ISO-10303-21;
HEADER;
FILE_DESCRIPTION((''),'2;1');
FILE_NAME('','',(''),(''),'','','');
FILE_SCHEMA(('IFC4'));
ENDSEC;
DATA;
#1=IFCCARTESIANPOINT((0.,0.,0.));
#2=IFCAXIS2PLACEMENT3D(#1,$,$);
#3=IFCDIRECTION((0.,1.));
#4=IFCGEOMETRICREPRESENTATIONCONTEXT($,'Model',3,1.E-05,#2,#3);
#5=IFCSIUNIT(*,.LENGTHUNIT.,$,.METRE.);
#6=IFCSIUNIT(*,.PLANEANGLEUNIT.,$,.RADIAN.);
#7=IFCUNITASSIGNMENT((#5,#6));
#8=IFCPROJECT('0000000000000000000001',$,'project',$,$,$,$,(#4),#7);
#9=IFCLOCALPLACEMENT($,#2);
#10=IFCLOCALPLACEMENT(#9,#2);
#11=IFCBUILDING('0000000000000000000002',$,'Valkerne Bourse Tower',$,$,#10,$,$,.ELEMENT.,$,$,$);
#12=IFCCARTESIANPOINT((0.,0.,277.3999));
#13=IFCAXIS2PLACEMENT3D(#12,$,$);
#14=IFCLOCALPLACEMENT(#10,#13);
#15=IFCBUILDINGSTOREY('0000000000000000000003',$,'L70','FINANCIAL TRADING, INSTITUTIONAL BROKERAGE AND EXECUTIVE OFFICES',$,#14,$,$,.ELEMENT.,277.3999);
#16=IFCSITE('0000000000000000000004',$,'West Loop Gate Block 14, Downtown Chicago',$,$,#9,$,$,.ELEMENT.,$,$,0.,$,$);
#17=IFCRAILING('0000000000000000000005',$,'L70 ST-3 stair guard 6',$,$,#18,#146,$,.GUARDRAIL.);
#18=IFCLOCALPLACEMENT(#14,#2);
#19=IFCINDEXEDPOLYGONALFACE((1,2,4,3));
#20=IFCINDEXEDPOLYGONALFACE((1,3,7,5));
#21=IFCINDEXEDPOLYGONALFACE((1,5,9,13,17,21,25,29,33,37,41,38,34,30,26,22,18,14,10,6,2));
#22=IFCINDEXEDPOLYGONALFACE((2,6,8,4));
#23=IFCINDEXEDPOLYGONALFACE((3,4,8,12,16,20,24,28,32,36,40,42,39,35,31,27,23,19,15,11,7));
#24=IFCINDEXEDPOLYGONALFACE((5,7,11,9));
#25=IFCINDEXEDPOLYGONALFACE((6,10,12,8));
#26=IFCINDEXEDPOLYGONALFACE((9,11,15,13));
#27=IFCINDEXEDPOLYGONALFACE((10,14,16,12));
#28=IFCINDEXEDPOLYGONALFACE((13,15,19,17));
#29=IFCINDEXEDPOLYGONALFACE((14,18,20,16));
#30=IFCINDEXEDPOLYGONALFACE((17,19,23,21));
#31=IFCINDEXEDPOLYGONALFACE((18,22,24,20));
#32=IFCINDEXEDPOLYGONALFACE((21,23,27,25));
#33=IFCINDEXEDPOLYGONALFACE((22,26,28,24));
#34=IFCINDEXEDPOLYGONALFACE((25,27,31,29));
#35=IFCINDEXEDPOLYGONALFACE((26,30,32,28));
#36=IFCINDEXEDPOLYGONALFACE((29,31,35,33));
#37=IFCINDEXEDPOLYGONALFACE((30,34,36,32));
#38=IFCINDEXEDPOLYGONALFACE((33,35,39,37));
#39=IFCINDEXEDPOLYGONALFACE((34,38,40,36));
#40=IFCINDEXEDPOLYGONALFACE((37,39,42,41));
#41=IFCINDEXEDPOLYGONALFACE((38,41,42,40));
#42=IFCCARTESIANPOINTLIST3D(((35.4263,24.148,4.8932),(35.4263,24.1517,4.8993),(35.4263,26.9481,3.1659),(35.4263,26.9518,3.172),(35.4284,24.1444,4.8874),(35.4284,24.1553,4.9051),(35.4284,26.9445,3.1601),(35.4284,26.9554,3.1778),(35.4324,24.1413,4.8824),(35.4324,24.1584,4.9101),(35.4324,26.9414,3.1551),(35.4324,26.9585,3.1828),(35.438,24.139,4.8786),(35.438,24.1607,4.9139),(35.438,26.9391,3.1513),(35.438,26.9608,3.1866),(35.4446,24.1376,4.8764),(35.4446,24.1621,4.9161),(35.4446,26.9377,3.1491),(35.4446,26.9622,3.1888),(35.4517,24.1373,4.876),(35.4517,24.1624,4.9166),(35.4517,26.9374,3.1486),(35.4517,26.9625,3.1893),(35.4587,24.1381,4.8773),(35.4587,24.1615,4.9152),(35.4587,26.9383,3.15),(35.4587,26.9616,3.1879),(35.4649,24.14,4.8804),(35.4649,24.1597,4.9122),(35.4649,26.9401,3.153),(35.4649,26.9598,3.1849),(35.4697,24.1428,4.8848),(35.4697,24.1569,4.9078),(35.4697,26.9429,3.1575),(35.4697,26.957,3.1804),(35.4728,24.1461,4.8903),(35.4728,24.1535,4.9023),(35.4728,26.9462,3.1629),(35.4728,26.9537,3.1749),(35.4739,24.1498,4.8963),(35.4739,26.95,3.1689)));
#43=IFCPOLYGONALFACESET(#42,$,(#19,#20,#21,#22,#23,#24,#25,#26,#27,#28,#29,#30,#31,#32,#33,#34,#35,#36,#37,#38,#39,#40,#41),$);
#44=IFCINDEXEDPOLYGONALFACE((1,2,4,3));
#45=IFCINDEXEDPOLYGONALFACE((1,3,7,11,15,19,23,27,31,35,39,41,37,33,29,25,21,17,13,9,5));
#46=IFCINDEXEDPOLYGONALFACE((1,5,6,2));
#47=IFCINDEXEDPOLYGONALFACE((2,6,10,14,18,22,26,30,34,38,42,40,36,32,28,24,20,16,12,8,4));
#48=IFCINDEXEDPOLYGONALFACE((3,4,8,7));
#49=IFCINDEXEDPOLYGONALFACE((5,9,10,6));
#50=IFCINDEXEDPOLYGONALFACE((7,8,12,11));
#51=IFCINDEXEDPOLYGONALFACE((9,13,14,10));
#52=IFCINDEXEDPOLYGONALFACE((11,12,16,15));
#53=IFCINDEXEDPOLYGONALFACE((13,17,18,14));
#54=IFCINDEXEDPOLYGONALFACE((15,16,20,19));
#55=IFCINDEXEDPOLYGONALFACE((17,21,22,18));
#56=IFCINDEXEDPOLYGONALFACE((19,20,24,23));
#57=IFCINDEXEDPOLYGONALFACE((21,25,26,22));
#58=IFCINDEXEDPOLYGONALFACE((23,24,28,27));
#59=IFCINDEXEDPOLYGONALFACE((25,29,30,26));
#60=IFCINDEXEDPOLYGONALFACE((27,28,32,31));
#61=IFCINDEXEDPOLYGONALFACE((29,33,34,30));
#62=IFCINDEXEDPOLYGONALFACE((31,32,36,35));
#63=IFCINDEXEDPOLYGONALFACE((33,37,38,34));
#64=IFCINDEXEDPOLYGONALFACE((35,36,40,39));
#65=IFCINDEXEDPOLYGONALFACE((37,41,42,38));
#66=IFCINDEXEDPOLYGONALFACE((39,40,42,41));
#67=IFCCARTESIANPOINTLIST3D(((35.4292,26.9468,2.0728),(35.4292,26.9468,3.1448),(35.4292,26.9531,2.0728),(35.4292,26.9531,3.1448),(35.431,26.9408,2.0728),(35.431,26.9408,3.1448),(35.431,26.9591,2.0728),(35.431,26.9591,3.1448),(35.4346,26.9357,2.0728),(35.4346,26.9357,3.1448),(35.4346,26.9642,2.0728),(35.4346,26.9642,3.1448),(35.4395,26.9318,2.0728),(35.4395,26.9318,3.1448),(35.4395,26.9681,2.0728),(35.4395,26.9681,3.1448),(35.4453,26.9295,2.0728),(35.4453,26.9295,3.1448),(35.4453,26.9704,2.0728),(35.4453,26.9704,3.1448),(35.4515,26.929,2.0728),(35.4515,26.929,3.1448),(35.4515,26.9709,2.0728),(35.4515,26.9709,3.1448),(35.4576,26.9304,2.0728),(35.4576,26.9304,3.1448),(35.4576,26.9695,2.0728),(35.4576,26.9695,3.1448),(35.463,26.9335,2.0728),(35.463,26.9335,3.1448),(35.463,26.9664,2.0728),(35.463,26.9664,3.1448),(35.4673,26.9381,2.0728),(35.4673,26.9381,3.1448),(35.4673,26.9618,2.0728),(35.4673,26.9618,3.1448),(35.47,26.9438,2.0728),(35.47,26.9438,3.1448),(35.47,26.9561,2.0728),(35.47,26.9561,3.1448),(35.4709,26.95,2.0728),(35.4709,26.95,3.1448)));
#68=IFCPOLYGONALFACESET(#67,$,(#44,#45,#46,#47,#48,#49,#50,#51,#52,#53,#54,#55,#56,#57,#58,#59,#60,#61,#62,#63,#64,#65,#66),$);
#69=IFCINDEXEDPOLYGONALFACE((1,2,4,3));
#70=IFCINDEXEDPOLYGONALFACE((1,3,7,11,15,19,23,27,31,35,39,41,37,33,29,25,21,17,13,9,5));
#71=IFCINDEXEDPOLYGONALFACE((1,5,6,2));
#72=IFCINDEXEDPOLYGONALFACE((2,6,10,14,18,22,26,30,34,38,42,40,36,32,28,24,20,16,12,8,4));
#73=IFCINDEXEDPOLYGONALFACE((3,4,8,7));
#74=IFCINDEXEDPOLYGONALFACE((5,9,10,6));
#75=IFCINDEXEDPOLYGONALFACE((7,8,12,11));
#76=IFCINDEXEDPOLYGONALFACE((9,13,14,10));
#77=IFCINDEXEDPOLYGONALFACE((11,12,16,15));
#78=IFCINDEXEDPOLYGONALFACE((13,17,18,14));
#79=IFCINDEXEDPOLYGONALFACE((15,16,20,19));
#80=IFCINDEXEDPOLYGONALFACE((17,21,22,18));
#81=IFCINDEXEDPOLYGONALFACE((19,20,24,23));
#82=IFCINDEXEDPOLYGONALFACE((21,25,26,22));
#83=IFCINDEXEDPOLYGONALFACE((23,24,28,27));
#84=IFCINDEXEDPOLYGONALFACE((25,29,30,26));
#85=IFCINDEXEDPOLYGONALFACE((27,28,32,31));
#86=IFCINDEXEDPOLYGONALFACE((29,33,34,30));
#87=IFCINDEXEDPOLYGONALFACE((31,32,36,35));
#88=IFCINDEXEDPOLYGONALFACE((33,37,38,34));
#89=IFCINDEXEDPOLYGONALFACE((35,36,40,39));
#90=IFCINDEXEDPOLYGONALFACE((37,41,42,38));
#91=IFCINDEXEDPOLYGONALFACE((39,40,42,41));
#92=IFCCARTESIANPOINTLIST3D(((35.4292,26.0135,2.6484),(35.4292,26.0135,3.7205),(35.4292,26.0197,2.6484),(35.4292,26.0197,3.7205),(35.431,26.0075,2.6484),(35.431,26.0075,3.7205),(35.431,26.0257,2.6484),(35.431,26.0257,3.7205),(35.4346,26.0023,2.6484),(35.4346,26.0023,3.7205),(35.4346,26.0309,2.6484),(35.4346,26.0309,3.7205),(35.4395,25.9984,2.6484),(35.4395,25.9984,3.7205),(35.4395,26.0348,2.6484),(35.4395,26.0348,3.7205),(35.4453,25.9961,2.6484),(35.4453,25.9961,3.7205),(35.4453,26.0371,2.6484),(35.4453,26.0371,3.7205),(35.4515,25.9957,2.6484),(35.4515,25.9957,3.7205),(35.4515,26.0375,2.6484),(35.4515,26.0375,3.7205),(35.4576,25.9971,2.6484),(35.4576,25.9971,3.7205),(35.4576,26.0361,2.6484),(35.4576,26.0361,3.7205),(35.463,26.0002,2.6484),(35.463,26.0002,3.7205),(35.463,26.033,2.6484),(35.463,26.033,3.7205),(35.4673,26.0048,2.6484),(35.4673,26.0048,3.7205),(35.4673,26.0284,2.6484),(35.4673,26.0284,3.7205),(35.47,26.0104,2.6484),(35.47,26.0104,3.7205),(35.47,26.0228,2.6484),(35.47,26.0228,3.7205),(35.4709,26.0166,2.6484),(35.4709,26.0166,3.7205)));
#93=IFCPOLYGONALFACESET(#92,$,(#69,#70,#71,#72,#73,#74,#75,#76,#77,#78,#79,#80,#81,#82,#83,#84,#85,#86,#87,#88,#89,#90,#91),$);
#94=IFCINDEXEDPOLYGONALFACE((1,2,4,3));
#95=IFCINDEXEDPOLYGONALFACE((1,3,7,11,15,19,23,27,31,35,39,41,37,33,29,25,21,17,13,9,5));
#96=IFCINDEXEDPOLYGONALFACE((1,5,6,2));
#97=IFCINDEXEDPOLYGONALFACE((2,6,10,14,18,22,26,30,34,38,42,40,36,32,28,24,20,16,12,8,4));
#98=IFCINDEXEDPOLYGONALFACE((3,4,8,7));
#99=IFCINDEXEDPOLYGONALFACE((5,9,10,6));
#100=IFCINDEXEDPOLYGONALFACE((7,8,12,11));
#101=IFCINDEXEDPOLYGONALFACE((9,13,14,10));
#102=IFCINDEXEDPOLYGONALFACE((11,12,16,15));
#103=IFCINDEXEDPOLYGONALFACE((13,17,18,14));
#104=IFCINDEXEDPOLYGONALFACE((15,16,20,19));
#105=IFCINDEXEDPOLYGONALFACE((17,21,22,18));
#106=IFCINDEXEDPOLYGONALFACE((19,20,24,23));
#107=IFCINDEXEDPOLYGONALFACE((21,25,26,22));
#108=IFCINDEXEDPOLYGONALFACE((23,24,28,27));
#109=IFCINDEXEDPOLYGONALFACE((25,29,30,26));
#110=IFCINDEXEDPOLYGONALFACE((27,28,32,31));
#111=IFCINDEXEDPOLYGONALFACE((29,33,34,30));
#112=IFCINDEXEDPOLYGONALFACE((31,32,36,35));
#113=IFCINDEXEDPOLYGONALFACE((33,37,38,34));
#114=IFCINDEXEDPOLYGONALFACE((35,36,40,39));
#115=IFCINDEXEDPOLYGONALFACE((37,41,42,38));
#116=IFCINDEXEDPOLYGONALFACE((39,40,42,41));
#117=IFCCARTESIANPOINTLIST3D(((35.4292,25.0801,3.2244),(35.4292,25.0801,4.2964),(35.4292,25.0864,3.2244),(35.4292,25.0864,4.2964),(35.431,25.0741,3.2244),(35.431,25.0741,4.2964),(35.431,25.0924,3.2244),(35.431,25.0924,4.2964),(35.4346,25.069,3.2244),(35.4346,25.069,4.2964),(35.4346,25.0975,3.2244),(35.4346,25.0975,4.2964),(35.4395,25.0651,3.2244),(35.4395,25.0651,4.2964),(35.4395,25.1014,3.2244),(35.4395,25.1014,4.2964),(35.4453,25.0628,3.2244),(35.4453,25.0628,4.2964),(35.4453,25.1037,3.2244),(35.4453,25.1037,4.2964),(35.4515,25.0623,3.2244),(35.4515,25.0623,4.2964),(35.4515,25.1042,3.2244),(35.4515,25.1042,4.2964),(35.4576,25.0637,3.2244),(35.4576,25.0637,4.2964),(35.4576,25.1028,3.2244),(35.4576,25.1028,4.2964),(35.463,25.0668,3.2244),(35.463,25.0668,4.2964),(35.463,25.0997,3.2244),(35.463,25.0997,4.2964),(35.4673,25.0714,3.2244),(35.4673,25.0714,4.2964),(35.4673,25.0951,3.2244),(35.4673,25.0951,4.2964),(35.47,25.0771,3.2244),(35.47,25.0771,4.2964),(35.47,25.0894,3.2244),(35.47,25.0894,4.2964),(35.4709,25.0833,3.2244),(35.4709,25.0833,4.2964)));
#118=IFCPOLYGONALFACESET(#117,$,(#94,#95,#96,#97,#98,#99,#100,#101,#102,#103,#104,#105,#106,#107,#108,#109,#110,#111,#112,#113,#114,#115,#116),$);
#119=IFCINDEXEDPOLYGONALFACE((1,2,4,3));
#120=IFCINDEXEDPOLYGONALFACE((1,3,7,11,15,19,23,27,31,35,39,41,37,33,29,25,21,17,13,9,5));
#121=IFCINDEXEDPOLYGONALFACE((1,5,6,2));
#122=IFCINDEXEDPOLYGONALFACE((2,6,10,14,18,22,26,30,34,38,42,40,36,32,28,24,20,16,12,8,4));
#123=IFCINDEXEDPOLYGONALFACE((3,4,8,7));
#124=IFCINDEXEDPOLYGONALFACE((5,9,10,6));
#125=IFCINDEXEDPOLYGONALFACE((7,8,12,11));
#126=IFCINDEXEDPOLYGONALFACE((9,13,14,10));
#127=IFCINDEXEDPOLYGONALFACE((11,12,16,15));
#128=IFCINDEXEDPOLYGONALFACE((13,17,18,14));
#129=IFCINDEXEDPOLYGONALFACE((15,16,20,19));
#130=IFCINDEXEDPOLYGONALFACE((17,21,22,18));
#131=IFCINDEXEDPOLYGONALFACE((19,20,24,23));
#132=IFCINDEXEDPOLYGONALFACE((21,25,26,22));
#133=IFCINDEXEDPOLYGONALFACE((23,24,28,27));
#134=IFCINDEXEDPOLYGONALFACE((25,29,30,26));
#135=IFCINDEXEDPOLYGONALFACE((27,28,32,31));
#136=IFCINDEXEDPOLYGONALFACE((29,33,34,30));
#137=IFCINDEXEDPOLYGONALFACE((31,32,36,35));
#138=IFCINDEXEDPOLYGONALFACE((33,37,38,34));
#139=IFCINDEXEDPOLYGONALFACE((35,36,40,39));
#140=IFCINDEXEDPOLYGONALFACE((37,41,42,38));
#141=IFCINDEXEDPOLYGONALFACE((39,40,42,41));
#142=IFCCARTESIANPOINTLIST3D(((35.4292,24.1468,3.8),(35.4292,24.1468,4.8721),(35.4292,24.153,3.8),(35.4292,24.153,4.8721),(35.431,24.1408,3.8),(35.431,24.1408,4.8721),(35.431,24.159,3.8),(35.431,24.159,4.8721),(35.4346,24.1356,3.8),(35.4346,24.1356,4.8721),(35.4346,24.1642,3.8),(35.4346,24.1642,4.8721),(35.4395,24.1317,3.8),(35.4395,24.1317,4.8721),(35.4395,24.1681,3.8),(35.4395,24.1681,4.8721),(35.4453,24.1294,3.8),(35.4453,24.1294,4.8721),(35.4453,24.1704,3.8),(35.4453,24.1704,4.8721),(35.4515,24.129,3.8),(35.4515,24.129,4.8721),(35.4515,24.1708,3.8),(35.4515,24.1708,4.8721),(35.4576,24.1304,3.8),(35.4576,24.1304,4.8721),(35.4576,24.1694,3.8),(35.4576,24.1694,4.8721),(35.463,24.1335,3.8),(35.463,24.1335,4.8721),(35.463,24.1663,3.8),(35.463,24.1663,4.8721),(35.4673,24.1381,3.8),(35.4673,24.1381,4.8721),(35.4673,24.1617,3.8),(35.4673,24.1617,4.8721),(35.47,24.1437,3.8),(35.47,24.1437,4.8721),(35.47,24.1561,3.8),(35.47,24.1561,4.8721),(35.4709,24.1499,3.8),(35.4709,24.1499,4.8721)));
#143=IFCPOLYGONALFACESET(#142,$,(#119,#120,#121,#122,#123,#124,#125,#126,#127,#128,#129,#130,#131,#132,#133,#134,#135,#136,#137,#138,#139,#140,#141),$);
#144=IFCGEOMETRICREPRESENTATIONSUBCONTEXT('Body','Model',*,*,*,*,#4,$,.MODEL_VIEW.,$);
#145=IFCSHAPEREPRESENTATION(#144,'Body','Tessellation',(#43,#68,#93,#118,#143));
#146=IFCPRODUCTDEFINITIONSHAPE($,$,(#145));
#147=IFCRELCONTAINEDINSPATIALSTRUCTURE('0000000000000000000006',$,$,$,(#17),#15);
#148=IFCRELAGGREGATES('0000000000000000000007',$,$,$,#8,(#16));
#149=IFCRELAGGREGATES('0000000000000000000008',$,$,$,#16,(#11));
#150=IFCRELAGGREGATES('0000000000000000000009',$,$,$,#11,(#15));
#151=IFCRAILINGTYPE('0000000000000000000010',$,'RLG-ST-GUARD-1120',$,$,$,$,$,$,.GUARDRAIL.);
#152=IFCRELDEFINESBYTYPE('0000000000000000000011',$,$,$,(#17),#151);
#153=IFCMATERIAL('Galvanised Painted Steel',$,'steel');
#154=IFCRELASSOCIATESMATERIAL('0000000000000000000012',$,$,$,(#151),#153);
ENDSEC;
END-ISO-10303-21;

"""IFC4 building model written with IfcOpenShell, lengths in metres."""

from ifc_helpers import new_model, si_unit, direction, frame, origin, origin_2d, place, context, subcontext, project, spatial, circle, extrude, material, type_object, element, save


model = new_model("IFC4")

# Units and contexts
model_context = context("Model", 3, precision=1e-05, world=origin(), true_north=direction((0.0, 1.0)))
body_context = subcontext(model_context, "Body", "Model", "MODEL_VIEW")
ifc_project = project(units=[si_unit("LENGTHUNIT", "METRE"), si_unit("PLANEANGLEUNIT", "RADIAN")], contexts=[model_context])

# Site, building, storey
site_placement = place(None, origin())
site = spatial("IfcSite", under=ifc_project, at=site_placement, Name="West Loop Gate Block 14, Downtown Chicago", CompositionType="ELEMENT", RefElevation=0.0)
building_placement = place(site_placement, origin())
building = spatial("IfcBuilding", under=site, at=building_placement, Name="Valkerne Bourse Tower", CompositionType="ELEMENT")
storey_placement = place(building_placement, frame((0.0, 0.0, 277.3999)))
storey = spatial("IfcBuildingStorey", under=building, at=storey_placement, Name="L70", Description="FINANCIAL TRADING, INSTITUTIONAL BROKERAGE AND EXECUTIVE OFFICES", CompositionType="ELEMENT", Elevation=277.3999)

# Railing
ifc_material_1 = material(Name="Galvanised Painted Steel", Category="steel")
railing_type_1 = type_object("IfcRailingType", Name="RLG-ST-GUARD-1120", PredefinedType="GUARDRAIL", material=ifc_material_1)
railing_1_placement = place(storey_placement, frame((35.45, 26.95, 2.0728)))
element("IfcRailing", 1, at=railing_1_placement, inside=storey, type_object=railing_type_1, Name="L70 ST-3 stair guard 6", PredefinedType="GUARDRAIL", context=body_context, shape_type="SweptSolid", body=[
    extrude(circle(Radius=0.0239, at=origin_2d()), frame((0.0, 0.0, 1.0962), z_axis=(0.0, -0.85109, 0.52502), x_axis=(1.0, 0.0, 0.0)), (0.0, 0.0, 1.0), 3.29),
    extrude(circle(Radius=0.021, at=origin_2d()), origin(), (0.0, 0.0, 1.0), 1.072),
    extrude(circle(Radius=0.021, at=origin_2d()), frame((0.0, -0.9333, 0.5757)), (0.0, 0.0, 1.0), 1.072),
    extrude(circle(Radius=0.021, at=origin_2d()), frame((0.0, -1.8667, 1.1516)), (0.0, 0.0, 1.0), 1.072),
    extrude(circle(Radius=0.021, at=origin_2d()), frame((0.0, -2.8, 1.7273)), (0.0, 0.0, 1.0), 1.072),
])

save(model, "model.ifc")
